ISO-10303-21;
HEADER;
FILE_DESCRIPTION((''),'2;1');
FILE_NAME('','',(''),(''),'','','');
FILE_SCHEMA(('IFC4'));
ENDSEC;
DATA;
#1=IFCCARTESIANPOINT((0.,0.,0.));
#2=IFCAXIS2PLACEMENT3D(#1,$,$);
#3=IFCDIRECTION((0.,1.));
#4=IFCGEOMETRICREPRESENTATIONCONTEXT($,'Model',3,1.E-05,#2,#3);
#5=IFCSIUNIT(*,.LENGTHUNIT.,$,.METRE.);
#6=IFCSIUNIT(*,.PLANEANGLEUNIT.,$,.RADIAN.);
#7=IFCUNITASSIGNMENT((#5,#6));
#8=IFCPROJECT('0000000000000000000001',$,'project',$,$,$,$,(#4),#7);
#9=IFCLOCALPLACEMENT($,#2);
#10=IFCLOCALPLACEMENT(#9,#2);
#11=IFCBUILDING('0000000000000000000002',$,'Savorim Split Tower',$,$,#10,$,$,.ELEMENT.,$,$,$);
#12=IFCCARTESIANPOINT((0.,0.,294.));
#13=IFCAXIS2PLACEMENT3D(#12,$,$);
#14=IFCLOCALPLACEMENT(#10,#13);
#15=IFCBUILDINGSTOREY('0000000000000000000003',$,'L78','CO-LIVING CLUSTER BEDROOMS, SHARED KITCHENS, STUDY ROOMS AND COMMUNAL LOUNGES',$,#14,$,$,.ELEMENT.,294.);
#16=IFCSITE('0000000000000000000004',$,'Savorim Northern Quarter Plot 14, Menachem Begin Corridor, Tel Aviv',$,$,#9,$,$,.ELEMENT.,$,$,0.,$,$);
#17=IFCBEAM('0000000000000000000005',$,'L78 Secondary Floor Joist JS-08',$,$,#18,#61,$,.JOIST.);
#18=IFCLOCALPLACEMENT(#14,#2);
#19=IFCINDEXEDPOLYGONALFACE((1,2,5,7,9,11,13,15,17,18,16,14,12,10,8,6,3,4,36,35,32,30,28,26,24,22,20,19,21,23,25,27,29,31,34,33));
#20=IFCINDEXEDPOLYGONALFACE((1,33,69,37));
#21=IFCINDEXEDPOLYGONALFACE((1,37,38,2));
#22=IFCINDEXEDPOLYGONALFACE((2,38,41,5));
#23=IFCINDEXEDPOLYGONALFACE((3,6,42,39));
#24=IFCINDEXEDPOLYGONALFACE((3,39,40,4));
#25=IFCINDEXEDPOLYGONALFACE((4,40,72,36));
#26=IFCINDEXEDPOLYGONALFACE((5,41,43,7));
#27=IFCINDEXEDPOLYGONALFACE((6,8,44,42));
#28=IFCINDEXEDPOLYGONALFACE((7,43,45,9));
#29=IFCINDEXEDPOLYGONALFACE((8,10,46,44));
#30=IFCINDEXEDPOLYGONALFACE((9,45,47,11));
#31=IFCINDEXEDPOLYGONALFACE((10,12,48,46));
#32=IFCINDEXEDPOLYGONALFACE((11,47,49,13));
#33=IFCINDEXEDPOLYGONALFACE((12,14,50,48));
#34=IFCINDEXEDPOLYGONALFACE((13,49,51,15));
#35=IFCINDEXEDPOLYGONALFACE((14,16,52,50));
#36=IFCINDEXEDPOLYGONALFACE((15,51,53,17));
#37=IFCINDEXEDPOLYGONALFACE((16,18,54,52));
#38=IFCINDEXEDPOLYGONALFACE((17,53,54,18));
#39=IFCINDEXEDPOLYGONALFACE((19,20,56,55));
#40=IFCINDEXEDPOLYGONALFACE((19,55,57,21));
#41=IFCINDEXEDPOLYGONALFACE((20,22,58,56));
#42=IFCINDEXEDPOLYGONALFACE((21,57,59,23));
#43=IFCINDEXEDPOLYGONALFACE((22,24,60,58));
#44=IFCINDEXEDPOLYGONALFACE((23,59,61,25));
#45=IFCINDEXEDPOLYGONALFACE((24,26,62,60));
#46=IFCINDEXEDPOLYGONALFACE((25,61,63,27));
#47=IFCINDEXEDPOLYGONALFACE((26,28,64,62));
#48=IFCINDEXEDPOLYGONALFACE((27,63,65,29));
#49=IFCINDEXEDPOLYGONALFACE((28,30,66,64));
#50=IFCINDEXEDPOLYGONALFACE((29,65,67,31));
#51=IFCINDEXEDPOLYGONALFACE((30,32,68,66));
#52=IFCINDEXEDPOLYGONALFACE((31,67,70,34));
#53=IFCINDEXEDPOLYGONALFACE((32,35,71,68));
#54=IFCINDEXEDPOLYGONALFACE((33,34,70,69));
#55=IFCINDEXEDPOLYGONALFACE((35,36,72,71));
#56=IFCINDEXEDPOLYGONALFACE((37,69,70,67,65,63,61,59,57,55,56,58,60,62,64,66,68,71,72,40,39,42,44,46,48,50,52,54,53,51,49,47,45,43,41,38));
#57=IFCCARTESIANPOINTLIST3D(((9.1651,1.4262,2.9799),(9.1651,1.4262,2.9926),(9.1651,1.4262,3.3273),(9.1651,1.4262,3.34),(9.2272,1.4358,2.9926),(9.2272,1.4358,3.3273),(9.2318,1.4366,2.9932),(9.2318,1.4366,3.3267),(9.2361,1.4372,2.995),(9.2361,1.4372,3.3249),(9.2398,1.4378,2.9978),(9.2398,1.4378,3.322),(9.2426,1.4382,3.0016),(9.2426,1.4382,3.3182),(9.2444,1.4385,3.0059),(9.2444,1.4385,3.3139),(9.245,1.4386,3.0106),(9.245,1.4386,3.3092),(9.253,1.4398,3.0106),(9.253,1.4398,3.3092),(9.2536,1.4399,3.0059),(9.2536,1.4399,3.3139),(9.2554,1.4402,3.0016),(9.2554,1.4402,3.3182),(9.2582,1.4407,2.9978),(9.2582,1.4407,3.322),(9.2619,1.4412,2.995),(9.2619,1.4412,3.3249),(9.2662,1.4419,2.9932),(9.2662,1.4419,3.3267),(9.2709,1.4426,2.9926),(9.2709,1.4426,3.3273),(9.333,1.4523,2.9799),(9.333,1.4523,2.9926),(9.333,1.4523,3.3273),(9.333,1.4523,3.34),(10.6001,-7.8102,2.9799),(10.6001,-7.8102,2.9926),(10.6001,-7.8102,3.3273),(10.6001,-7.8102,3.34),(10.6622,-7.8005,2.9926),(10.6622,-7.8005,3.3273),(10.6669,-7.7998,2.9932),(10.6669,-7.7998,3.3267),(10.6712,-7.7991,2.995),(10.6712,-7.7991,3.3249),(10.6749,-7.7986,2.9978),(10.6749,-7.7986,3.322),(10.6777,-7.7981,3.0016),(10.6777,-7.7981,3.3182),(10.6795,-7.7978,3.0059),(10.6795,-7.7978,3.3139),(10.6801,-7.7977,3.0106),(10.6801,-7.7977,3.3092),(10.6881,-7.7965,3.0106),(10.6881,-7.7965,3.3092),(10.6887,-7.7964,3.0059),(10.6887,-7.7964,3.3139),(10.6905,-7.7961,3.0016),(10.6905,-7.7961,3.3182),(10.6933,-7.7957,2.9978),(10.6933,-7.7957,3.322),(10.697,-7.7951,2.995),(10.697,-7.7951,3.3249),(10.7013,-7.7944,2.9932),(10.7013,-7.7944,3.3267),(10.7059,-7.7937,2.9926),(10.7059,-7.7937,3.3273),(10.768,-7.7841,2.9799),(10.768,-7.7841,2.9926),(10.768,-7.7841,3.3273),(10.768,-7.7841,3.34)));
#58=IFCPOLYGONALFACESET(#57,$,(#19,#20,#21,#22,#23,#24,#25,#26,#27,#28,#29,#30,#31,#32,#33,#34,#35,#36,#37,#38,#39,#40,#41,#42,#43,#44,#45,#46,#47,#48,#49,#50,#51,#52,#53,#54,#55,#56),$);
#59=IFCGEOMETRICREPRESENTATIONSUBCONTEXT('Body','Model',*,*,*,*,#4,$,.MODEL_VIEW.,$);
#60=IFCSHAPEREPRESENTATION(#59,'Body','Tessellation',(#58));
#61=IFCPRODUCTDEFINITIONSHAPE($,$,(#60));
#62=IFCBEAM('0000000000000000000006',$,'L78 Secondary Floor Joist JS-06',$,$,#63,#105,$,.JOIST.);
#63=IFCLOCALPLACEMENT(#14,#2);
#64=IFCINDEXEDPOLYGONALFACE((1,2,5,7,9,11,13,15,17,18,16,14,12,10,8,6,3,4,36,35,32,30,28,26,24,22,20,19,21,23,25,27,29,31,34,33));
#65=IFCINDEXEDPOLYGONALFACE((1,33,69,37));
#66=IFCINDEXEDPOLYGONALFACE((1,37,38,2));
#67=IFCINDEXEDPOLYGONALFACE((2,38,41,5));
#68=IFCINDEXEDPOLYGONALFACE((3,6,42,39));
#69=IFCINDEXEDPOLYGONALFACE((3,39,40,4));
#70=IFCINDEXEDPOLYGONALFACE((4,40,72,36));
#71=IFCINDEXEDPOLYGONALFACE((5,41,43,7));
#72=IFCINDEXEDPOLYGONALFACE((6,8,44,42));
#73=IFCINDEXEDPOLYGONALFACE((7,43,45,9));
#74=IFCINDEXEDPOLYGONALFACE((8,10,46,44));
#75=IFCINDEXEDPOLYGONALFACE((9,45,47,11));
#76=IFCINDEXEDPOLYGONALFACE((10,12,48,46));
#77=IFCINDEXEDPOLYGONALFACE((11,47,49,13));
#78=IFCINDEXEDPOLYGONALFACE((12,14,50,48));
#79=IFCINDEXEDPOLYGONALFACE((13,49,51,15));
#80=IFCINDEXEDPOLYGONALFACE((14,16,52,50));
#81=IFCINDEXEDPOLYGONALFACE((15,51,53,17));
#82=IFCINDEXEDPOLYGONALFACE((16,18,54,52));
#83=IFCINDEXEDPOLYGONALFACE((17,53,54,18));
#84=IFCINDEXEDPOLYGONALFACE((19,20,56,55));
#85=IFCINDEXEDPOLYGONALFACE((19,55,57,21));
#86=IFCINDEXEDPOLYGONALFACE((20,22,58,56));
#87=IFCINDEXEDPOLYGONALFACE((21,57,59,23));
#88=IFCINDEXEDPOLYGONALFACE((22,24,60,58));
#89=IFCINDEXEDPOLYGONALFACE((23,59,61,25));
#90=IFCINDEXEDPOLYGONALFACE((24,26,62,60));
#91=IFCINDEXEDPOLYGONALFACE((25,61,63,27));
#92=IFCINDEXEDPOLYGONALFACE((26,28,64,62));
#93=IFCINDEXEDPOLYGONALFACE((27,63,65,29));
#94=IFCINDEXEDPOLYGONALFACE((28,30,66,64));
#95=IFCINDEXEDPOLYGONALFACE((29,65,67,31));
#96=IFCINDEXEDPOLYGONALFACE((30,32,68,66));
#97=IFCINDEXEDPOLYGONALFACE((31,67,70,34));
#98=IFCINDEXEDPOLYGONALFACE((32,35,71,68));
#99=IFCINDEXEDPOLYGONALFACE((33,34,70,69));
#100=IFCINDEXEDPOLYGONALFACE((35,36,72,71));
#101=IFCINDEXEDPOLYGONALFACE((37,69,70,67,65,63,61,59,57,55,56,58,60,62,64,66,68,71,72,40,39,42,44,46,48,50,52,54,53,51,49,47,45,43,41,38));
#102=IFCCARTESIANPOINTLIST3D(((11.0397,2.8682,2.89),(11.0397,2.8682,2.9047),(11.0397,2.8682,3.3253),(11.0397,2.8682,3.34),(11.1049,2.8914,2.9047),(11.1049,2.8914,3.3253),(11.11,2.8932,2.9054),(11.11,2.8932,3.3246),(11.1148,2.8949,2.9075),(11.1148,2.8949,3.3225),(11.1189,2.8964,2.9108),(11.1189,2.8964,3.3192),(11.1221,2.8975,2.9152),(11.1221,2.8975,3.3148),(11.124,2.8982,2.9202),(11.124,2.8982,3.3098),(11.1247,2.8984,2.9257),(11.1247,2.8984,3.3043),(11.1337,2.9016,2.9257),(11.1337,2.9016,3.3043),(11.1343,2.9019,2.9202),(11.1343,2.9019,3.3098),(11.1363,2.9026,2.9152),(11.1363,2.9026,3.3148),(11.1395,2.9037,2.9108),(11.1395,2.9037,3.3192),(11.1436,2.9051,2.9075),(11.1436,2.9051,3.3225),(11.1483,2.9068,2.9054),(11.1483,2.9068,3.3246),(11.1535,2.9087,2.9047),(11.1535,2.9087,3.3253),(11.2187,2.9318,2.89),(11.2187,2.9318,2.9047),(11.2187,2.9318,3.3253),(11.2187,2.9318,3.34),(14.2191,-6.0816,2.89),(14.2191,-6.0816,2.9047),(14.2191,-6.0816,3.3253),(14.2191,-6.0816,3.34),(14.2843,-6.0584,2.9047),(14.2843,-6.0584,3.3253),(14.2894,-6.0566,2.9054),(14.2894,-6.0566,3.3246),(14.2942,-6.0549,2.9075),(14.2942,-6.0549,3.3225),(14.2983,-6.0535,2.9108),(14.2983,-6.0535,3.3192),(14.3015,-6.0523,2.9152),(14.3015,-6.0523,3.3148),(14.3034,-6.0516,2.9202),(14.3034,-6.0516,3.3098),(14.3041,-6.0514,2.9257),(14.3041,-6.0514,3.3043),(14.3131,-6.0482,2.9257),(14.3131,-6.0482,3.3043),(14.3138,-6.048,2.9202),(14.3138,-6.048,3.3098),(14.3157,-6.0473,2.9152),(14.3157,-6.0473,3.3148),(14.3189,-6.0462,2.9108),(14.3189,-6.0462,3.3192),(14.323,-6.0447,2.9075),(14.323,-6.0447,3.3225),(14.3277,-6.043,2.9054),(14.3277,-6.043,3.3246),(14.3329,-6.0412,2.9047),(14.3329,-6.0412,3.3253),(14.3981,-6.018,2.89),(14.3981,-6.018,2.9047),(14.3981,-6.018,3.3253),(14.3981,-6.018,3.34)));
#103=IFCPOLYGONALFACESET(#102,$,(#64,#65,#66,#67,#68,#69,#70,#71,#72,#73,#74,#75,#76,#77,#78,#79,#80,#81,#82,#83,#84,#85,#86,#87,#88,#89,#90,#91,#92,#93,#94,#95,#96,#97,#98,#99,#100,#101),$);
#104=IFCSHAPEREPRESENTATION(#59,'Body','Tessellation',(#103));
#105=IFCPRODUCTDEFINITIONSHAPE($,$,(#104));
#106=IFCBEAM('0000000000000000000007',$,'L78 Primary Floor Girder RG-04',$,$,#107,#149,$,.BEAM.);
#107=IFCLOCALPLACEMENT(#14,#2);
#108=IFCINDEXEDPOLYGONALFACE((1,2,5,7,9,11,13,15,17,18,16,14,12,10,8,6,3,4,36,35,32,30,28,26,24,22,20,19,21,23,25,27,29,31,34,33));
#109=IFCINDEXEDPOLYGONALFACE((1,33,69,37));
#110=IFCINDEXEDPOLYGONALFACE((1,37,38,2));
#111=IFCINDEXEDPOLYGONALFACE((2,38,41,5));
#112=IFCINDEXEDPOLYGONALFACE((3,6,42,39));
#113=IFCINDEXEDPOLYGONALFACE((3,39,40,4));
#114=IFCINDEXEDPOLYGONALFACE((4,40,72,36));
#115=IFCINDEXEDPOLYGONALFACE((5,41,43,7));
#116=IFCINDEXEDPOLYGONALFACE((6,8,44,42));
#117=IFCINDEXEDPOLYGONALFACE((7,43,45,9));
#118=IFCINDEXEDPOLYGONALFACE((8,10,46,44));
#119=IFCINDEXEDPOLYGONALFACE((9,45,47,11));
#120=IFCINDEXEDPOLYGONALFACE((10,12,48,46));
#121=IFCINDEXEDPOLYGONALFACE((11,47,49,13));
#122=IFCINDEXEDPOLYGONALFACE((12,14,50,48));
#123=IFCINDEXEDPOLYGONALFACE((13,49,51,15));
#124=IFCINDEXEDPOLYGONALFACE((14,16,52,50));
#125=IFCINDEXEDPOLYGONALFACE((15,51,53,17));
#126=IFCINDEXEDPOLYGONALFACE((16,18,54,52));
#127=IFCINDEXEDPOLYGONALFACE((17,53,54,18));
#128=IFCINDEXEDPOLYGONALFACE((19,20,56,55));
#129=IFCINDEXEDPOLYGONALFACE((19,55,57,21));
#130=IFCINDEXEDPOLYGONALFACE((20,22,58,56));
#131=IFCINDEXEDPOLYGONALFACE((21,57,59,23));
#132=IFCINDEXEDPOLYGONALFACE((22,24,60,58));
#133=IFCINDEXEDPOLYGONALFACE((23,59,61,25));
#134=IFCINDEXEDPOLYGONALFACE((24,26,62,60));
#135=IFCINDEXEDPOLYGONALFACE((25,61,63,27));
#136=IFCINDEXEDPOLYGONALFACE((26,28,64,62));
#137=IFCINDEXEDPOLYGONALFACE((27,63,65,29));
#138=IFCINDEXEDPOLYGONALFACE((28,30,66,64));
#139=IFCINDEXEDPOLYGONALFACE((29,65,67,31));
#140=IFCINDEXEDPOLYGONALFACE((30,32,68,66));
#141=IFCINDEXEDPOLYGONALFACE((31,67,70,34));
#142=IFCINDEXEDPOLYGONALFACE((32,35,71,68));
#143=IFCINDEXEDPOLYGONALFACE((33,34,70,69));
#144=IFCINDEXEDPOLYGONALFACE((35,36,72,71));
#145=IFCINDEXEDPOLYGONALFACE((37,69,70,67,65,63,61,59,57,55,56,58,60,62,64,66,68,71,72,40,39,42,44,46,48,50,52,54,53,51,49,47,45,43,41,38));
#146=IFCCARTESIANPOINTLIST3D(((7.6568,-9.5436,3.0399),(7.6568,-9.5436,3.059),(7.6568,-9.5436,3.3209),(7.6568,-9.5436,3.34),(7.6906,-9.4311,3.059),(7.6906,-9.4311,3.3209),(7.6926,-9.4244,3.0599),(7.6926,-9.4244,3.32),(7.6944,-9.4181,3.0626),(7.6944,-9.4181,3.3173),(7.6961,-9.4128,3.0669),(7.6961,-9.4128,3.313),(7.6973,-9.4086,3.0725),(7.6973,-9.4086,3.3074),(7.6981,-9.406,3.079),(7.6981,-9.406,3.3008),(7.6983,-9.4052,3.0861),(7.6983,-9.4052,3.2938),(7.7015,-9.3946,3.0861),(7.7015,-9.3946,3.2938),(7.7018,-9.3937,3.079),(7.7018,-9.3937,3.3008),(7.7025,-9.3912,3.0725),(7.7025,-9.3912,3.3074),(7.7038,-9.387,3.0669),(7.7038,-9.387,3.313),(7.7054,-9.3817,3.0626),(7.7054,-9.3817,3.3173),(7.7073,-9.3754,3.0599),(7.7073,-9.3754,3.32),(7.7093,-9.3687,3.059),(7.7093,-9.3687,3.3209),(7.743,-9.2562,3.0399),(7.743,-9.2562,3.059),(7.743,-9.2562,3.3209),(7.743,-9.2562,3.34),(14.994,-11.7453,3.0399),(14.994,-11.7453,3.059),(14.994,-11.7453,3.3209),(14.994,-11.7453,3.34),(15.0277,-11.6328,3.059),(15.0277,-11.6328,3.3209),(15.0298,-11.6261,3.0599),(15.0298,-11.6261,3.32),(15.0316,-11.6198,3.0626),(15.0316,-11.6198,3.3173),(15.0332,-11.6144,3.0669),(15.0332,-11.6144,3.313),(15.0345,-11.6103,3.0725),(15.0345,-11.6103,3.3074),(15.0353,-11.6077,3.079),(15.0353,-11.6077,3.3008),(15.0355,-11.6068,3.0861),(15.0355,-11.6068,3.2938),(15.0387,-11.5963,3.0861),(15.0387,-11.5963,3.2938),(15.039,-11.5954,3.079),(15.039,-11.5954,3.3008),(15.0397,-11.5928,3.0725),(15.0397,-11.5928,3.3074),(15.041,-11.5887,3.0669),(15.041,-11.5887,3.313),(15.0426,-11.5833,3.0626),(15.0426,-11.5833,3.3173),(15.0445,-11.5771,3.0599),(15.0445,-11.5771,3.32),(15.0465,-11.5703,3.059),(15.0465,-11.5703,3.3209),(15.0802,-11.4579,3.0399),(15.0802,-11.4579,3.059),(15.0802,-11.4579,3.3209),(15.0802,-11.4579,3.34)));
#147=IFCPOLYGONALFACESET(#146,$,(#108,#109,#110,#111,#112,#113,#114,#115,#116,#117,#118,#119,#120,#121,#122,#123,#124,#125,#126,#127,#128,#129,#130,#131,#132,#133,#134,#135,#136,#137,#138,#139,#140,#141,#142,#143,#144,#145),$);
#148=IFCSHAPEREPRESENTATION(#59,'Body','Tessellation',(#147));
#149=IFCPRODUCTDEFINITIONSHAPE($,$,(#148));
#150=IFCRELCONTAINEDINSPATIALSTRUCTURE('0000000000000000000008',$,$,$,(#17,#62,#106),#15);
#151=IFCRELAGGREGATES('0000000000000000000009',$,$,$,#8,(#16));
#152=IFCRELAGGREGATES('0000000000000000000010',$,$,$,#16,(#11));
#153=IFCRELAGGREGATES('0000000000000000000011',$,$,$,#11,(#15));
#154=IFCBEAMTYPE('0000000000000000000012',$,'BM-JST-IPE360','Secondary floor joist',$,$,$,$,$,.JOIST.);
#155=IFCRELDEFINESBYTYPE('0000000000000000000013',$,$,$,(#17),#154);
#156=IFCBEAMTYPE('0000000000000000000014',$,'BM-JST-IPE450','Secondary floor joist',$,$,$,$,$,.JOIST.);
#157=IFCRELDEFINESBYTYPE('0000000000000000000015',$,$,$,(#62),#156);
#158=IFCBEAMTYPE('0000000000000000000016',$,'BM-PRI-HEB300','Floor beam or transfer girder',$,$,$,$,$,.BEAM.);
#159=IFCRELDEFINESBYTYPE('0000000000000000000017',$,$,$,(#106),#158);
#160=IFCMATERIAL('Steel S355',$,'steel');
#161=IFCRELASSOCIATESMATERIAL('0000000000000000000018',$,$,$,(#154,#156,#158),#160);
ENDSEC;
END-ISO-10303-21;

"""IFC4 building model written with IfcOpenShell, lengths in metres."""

from ifc_helpers import new_model, si_unit, direction, frame, origin, origin_2d, place, context, subcontext, project, spatial, i_section, extrude, material, material_profile, profile_set, type_object, element, save


model = new_model("IFC4")

# Units and contexts
model_context = context("Model", 3, precision=1e-05, world=origin(), true_north=direction((0.0, 1.0)))
body_context = subcontext(model_context, "Body", "Model", "MODEL_VIEW")
ifc_project = project(units=[si_unit("LENGTHUNIT", "METRE"), si_unit("PLANEANGLEUNIT", "RADIAN")], contexts=[model_context])

# Site, building, storey
site_placement = place(None, origin())
site = spatial("IfcSite", under=ifc_project, at=site_placement, Name="Savorim Northern Quarter Plot 14, Menachem Begin Corridor, Tel Aviv", CompositionType="ELEMENT", RefElevation=0.0)
building_placement = place(site_placement, origin())
building = spatial("IfcBuilding", under=site, at=building_placement, Name="Savorim Split Tower", CompositionType="ELEMENT")
storey_placement = place(building_placement, frame((0.0, 0.0, 294.0)))
storey = spatial("IfcBuildingStorey", under=building, at=storey_placement, Name="L78", Description="CO-LIVING CLUSTER BEDROOMS, SHARED KITCHENS, STUDY ROOMS AND COMMUNAL LOUNGES", CompositionType="ELEMENT", Elevation=294.0)

# Shared definitions
ifc_material_1 = material(Name="Steel S355", Category="steel")

# Beams
ifc_material_profile_1 = material_profile(ifc_material_1, i_section(OverallWidth=0.1699, OverallDepth=0.3601, WebThickness=0.0081, FlangeThickness=0.0127, FilletRadius=0.0181, at=origin_2d()), Name="IPE 360")
ifc_profile_set_1 = profile_set([ifc_material_profile_1], Name="Steel S355")
beam_type_1 = type_object("IfcBeamType", Name="BM-JST-IPE360", Description="Secondary floor joist", PredefinedType="JOIST", material=ifc_profile_set_1)
beam_1_placement = place(storey_placement, frame((10.6841, -7.7971, 3.1599), z_axis=(-0.153529, 0.988144, 0.0), x_axis=(-0.988144, -0.153529, 0.0)))
element("IfcBeam", 1, at=beam_1_placement, inside=storey, type_object=beam_type_1, Name="L78 Secondary Floor Joist JS-08", PredefinedType="JOIST", context=body_context, shape_type="SweptSolid", body=[
    extrude(i_section(OverallWidth=0.1699, OverallDepth=0.3601, WebThickness=0.0081, FlangeThickness=0.0127, FilletRadius=0.0181, at=origin_2d()), origin(), (0.0, 0.0, 1.0), 9.3472),
])
ifc_material_profile_2 = material_profile(ifc_material_1, i_section(OverallWidth=0.1899, OverallDepth=0.45, WebThickness=0.0095, FlangeThickness=0.0146, FilletRadius=0.021, at=origin_2d()), Name="IPE 450")
ifc_profile_set_2 = profile_set([ifc_material_profile_2], Name="Steel S355")
beam_type_2 = type_object("IfcBeamType", Name="BM-JST-IPE450", Description="Secondary floor joist", PredefinedType="JOIST", material=ifc_profile_set_2)
beam_2_placement = place(storey_placement, frame((14.3086, -6.0498, 3.115), z_axis=(-0.334752, 0.942306, 0.0), x_axis=(-0.942306, -0.334752, 0.0)))
element("IfcBeam", 2, at=beam_2_placement, inside=storey, type_object=beam_type_2, Name="L78 Secondary Floor Joist JS-06", PredefinedType="JOIST", context=body_context, shape_type="SweptSolid", body=[
    extrude(i_section(OverallWidth=0.1899, OverallDepth=0.45, WebThickness=0.0095, FlangeThickness=0.0146, FilletRadius=0.021, at=origin_2d()), origin(), (0.0, 0.0, 1.0), 9.4978),
])
ifc_material_profile_3 = material_profile(ifc_material_1, i_section(OverallWidth=0.3, OverallDepth=0.3, WebThickness=0.011, FlangeThickness=0.019, FilletRadius=0.0271, at=origin_2d()), Name="HEB 300")
ifc_profile_set_3 = profile_set([ifc_material_profile_3], Name="Steel S355")
beam_type_3 = type_object("IfcBeamType", Name="BM-PRI-HEB300", Description="Floor beam or transfer girder", PredefinedType="BEAM", material=ifc_profile_set_3)
beam_3_placement = place(storey_placement, frame((15.0371, -11.6016, 3.1899), z_axis=(-0.957808, 0.287409, 0.0), x_axis=(-0.287409, -0.957808, 0.0)))
element("IfcBeam", 3, at=beam_3_placement, inside=storey, type_object=beam_type_3, Name="L78 Primary Floor Girder RG-04", PredefinedType="BEAM", context=body_context, shape_type="SweptSolid", body=[
    extrude(i_section(OverallWidth=0.3, OverallDepth=0.3, WebThickness=0.011, FlangeThickness=0.019, FilletRadius=0.0271, at=origin_2d()), origin(), (0.0, 0.0, 1.0), 7.6604),
])

save(model, "model.ifc")
